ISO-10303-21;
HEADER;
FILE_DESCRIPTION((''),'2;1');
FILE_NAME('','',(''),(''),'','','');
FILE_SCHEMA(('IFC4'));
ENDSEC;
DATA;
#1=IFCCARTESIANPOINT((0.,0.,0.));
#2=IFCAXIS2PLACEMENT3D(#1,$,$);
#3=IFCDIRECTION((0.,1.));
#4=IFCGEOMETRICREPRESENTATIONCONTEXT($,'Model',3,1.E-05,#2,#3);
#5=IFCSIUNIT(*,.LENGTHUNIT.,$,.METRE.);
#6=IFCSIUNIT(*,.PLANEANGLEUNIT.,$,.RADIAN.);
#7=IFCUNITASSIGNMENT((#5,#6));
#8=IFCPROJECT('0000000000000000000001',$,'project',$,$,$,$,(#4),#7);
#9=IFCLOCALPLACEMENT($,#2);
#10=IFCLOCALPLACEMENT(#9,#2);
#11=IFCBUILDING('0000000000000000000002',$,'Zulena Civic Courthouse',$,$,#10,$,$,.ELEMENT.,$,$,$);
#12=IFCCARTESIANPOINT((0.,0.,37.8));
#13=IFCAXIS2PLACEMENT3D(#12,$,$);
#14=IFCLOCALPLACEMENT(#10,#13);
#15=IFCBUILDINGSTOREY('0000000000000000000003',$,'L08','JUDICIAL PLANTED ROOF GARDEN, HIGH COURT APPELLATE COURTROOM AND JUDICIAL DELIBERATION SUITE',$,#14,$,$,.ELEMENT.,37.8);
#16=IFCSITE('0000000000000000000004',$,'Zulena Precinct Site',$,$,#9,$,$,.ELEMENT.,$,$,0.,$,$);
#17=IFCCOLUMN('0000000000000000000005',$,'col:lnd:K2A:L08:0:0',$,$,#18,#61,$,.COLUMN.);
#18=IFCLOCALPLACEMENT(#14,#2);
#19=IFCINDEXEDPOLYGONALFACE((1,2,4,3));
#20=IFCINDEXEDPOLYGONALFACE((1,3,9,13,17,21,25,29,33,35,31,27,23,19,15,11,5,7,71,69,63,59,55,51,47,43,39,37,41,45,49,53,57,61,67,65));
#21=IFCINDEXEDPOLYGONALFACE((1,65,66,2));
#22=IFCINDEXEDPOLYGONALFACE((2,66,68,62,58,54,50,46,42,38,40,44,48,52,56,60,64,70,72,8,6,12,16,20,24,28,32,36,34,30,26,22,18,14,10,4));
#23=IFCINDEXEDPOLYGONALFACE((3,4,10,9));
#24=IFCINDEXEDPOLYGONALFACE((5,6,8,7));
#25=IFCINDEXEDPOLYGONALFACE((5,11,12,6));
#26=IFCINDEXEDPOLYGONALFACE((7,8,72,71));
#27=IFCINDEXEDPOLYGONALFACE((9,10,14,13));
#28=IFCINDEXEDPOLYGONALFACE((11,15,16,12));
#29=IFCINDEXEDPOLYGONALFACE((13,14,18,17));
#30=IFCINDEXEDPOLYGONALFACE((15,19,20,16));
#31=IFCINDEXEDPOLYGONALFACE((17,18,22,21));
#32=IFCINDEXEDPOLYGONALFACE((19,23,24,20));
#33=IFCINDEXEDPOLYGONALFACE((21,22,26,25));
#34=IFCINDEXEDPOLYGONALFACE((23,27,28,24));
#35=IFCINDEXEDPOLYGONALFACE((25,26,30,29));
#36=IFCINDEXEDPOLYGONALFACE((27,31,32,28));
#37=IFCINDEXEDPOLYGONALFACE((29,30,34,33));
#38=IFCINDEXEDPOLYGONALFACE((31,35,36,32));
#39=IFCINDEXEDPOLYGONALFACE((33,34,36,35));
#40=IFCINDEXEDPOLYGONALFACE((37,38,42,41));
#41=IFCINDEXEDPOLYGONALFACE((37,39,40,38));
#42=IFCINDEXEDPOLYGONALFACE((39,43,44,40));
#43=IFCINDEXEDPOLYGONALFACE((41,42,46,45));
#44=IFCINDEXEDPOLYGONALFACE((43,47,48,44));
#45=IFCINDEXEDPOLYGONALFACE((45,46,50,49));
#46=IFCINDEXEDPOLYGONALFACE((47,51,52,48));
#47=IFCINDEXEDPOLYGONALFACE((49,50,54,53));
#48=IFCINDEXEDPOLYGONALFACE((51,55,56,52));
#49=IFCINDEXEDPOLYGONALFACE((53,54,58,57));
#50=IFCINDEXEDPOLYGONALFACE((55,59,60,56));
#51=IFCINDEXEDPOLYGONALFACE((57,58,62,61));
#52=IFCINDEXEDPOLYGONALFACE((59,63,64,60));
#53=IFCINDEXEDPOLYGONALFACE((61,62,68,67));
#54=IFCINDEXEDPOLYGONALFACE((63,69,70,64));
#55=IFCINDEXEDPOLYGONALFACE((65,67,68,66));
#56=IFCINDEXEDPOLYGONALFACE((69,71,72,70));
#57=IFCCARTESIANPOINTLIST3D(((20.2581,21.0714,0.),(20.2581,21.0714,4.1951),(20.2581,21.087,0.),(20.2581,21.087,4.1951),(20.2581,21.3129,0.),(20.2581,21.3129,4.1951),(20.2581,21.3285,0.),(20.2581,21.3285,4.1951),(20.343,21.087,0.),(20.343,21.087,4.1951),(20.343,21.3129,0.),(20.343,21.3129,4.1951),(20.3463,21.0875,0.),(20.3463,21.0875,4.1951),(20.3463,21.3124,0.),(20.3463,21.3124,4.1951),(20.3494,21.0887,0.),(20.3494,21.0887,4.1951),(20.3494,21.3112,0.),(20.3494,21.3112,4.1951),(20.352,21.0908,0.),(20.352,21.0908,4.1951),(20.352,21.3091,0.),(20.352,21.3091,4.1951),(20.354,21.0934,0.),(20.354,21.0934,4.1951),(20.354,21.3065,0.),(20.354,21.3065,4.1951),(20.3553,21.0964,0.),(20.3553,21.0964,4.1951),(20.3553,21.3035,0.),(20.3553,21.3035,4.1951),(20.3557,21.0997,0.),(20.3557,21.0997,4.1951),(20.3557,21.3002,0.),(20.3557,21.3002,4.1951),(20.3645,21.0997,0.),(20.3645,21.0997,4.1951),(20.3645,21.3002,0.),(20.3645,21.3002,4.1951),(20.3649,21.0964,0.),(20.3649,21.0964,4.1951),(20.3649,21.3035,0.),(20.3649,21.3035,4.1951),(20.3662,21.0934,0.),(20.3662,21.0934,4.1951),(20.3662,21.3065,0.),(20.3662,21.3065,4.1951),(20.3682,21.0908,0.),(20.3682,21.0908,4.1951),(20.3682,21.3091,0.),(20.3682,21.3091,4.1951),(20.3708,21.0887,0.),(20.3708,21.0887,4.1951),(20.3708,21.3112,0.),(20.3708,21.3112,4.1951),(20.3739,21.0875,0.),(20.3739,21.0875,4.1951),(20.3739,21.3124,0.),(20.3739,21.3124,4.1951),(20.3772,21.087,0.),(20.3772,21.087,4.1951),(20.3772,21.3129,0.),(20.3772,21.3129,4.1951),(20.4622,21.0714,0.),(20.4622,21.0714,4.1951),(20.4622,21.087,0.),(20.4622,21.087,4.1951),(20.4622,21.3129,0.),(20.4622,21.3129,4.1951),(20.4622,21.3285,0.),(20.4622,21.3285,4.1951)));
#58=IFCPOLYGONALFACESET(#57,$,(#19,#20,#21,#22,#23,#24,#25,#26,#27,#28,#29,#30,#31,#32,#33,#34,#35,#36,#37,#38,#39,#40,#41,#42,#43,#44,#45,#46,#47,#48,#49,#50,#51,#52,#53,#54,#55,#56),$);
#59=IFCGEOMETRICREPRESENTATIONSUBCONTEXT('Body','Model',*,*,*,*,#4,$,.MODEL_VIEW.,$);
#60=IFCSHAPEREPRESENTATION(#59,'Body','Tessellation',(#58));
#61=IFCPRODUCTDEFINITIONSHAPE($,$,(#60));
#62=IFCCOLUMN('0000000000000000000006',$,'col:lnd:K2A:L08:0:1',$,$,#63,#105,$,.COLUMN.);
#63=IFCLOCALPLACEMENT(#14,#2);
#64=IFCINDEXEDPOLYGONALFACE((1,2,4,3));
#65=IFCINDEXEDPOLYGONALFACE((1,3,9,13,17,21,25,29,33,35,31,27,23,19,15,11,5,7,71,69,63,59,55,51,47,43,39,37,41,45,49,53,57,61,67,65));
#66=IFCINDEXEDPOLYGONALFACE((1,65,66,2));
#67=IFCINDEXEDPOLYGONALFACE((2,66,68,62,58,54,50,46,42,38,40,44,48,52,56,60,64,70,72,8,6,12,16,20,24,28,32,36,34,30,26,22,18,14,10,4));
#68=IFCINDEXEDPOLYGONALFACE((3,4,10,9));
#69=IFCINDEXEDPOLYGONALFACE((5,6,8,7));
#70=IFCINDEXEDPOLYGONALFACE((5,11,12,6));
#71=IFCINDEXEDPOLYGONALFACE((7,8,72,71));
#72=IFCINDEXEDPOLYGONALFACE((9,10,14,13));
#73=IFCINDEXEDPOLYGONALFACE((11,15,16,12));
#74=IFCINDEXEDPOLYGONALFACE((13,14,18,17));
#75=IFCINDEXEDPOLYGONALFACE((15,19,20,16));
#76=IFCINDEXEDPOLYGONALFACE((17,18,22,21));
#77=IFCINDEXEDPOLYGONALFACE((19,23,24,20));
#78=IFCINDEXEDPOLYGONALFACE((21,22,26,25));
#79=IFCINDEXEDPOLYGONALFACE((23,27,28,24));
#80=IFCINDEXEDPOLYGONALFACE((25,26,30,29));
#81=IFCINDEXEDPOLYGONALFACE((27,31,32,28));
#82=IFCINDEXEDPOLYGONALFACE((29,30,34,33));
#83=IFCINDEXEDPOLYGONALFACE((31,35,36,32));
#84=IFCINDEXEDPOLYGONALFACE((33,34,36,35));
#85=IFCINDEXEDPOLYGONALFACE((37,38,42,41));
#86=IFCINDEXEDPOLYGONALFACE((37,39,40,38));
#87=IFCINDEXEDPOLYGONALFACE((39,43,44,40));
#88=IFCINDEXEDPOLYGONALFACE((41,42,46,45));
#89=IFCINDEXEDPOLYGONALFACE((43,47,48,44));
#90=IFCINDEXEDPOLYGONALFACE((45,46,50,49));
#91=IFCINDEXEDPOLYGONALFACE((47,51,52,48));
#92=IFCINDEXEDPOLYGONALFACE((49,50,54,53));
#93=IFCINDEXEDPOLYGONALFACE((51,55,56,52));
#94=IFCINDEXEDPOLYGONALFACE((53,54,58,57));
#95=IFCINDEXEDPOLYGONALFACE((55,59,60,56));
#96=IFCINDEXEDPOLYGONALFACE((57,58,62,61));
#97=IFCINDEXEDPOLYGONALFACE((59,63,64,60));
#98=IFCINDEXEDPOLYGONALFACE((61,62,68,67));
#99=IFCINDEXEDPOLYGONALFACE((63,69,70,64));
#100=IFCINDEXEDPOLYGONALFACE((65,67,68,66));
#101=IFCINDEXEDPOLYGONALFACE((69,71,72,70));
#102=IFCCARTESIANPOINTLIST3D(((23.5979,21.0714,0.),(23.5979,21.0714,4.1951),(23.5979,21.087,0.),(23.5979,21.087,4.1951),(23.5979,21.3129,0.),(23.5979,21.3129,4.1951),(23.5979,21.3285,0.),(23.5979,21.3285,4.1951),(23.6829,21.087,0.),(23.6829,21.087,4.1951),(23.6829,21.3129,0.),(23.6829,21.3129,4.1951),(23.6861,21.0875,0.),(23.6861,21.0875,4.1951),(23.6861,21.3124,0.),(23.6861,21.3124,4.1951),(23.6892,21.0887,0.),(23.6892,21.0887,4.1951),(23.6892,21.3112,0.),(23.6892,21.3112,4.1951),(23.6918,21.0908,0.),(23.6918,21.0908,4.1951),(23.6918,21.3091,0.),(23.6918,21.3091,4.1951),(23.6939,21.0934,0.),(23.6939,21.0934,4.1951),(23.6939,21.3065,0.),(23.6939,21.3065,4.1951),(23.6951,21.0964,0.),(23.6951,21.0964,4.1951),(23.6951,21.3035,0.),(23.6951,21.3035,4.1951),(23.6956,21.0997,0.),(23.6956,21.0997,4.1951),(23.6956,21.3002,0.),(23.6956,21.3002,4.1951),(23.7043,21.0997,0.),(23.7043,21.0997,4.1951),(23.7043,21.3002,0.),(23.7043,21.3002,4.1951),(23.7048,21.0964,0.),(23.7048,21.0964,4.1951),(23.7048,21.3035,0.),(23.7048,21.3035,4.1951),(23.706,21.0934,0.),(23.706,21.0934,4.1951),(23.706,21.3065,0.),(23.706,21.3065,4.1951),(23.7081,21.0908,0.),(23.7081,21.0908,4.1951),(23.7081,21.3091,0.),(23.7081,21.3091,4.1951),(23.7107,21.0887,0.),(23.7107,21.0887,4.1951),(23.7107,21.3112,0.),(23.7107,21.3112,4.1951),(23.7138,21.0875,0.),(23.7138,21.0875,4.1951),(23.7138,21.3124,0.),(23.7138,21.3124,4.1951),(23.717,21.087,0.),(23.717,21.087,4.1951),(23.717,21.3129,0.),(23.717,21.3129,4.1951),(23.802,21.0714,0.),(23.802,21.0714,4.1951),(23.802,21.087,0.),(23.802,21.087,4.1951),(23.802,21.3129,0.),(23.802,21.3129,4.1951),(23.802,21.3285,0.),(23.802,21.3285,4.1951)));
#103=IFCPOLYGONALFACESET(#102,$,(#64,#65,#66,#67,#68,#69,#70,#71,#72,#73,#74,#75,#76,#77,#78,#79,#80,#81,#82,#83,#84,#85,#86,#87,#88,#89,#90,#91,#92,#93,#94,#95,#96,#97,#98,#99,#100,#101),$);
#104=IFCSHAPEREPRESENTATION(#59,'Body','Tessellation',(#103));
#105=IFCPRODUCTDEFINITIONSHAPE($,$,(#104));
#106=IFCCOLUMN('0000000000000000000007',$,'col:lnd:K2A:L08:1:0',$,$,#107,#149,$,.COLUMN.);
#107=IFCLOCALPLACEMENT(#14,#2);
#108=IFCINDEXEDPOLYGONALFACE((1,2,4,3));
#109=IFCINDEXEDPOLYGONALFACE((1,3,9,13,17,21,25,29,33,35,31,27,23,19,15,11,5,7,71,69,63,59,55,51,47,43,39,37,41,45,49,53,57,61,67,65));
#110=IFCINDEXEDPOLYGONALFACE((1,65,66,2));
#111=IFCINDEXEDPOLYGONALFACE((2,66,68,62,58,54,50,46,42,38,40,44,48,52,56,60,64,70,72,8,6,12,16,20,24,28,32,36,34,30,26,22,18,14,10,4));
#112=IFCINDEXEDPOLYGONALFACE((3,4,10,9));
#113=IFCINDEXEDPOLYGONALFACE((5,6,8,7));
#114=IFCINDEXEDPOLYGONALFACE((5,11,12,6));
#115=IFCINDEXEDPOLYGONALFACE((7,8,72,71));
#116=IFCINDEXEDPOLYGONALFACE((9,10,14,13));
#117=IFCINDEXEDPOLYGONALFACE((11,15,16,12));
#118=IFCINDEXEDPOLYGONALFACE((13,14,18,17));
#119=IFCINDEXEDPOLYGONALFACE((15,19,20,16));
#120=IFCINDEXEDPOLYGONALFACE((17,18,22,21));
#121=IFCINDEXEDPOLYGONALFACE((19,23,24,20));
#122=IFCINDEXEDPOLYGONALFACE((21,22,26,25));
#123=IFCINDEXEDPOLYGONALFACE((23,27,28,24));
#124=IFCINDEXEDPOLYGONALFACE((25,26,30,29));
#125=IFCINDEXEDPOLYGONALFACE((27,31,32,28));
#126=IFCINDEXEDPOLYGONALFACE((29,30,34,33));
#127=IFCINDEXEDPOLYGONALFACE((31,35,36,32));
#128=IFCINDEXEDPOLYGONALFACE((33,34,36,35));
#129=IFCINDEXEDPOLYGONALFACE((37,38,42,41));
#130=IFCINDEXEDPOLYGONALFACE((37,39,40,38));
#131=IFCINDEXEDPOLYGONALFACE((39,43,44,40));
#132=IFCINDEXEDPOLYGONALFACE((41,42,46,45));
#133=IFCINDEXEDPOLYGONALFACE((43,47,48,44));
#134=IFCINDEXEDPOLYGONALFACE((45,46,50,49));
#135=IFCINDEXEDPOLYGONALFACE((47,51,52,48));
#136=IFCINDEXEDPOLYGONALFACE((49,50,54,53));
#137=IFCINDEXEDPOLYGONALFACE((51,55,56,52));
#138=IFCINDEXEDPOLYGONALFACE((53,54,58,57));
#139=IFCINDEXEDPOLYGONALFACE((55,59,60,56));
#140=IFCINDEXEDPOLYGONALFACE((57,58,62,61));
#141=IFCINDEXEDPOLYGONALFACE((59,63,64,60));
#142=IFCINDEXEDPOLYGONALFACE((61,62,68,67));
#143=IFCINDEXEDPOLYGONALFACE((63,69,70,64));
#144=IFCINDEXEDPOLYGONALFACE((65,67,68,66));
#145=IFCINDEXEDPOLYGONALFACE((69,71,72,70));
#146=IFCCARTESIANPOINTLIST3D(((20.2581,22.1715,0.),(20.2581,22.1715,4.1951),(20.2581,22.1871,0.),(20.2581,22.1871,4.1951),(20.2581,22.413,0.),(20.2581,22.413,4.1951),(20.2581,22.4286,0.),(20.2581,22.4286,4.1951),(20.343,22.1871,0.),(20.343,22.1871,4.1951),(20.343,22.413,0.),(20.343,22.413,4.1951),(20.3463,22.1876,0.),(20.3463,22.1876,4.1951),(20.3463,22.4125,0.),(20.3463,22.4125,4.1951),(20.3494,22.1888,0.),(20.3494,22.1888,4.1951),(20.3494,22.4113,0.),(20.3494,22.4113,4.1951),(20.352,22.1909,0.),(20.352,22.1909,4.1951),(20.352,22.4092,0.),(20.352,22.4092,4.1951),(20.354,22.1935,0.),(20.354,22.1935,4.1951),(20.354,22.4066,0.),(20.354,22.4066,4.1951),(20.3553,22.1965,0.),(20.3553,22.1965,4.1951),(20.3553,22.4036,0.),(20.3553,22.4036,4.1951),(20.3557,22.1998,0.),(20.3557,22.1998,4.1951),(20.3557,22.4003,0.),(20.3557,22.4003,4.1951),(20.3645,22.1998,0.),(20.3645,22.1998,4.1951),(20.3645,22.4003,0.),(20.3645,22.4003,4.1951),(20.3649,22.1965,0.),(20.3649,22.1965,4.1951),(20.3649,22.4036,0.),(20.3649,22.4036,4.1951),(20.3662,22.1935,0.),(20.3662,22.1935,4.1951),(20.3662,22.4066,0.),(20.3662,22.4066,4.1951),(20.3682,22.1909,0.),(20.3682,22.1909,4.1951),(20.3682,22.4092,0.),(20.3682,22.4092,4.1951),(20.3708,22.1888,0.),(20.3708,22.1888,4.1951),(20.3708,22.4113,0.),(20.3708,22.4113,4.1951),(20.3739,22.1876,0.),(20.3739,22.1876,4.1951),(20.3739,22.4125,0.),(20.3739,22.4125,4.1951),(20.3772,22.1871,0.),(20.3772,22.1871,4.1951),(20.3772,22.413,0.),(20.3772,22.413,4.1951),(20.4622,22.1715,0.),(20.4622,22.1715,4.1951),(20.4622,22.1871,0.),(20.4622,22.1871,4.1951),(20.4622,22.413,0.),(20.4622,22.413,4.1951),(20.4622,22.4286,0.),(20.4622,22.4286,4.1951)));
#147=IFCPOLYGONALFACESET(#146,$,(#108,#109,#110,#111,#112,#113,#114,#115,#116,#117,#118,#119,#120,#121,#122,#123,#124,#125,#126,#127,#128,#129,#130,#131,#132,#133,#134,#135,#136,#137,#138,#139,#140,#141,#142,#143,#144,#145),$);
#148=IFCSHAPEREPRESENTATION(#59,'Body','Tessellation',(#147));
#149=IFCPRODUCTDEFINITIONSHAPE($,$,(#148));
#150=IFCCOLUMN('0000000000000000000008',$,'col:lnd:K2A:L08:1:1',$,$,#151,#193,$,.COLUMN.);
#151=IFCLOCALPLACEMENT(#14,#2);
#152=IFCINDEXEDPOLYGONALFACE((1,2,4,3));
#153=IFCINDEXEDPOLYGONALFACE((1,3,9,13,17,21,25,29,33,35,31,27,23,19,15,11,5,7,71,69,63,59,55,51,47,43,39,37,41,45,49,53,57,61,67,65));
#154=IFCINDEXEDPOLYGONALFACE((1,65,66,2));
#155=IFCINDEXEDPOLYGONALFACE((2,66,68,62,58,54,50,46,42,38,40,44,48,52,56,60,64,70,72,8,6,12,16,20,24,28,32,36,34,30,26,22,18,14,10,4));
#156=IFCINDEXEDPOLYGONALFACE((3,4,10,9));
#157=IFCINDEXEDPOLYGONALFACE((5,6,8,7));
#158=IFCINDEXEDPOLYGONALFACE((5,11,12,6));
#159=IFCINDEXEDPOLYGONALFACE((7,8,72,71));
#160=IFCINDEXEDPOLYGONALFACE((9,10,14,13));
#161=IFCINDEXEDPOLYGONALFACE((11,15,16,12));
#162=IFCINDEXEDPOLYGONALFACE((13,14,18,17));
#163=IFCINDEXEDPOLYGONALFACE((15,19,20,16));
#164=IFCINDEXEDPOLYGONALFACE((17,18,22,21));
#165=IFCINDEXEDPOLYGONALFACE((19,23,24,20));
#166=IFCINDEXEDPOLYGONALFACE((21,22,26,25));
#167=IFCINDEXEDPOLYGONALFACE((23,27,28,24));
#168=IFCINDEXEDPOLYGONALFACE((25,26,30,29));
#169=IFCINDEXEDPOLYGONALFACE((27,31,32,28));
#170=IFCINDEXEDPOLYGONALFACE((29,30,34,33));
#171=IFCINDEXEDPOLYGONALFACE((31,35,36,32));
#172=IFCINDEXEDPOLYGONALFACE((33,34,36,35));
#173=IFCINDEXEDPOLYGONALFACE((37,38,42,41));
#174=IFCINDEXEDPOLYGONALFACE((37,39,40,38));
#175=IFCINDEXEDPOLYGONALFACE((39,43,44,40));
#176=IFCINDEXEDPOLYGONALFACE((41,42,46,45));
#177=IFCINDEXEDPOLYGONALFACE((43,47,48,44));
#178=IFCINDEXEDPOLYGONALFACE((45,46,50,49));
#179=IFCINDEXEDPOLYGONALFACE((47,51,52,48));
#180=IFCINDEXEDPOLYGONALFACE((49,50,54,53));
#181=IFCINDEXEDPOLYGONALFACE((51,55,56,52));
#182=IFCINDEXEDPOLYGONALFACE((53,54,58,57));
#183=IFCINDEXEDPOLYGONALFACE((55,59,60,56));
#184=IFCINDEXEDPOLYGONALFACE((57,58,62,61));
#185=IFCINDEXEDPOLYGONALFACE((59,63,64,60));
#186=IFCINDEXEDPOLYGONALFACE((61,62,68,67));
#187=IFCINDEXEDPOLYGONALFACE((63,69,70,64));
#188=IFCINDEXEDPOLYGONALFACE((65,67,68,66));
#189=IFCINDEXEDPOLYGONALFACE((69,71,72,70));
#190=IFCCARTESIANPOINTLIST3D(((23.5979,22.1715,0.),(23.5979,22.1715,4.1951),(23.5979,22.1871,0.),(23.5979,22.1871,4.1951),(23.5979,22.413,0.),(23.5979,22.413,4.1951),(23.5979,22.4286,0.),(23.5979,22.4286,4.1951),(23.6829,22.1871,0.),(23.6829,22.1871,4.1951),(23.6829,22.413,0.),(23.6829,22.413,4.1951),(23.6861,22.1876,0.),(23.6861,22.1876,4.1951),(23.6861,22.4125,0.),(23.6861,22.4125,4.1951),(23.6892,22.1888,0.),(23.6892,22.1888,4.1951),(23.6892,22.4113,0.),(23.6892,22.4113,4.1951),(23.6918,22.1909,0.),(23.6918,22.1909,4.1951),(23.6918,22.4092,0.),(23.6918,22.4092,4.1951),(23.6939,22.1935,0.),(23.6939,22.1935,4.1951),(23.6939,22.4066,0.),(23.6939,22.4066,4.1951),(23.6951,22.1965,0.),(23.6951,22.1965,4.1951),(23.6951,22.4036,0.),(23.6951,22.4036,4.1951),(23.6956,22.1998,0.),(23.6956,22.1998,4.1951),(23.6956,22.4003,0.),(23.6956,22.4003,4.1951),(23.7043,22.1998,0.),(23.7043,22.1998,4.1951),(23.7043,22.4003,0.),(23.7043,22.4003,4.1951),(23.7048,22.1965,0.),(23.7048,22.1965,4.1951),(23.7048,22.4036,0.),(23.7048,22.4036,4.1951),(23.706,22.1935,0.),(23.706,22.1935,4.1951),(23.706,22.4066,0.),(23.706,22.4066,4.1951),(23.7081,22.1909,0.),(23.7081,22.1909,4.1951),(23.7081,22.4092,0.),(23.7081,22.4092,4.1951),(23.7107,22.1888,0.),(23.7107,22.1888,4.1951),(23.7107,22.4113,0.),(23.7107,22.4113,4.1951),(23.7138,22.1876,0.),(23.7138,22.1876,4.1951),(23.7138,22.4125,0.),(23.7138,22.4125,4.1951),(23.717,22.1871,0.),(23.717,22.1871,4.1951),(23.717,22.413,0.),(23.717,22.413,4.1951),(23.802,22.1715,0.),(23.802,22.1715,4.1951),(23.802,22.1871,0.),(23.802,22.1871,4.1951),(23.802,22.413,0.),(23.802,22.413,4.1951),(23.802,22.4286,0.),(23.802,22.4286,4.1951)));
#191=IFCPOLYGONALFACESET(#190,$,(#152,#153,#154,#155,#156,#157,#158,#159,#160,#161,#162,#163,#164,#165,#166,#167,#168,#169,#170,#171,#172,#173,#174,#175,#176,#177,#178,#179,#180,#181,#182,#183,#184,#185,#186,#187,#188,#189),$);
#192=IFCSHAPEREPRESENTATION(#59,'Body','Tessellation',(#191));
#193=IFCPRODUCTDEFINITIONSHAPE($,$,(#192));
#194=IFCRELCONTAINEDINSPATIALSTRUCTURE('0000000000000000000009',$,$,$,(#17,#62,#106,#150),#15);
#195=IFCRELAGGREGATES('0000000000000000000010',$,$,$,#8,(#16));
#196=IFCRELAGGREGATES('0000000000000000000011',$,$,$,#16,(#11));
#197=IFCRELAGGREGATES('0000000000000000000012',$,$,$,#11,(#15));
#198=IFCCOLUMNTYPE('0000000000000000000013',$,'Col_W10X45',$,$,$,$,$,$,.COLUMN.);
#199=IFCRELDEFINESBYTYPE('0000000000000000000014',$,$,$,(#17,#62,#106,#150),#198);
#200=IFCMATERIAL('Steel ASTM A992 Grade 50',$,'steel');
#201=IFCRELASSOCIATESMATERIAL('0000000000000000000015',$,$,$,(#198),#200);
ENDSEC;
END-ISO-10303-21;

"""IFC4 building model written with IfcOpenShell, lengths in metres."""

from ifc_helpers import new_model, si_unit, direction, frame, origin, origin_2d, place, context, subcontext, project, spatial, i_section, extrude, material, material_profile, profile_set, type_object, element, save


model = new_model("IFC4")

# Units and contexts
model_context = context("Model", 3, precision=1e-05, world=origin(), true_north=direction((0.0, 1.0)))
body_context = subcontext(model_context, "Body", "Model", "MODEL_VIEW")
ifc_project = project(units=[si_unit("LENGTHUNIT", "METRE"), si_unit("PLANEANGLEUNIT", "RADIAN")], contexts=[model_context])

# Site, building, storey
site_placement = place(None, origin())
site = spatial("IfcSite", under=ifc_project, at=site_placement, Name="Zulena Precinct Site", CompositionType="ELEMENT", RefElevation=0.0)
building_placement = place(site_placement, origin())
building = spatial("IfcBuilding", under=site, at=building_placement, Name="Zulena Civic Courthouse", CompositionType="ELEMENT")
storey_placement = place(building_placement, frame((0.0, 0.0, 37.8)))
storey = spatial("IfcBuildingStorey", under=building, at=storey_placement, Name="L08", Description="JUDICIAL PLANTED ROOF GARDEN, HIGH COURT APPELLATE COURTROOM AND JUDICIAL DELIBERATION SUITE", CompositionType="ELEMENT", Elevation=37.8)

# Columns
ifc_material_1 = material(Name="Steel ASTM A992 Grade 50", Category="steel")
ifc_material_profile_1 = material_profile(ifc_material_1, i_section(OverallWidth=0.2041, OverallDepth=0.2571, WebThickness=0.0088, FlangeThickness=0.0156, FilletRadius=0.0127, at=origin_2d()), Name="W10X45")
ifc_profile_set_1 = profile_set([ifc_material_profile_1], Name="Steel ASTM A992 Grade 50")
column_type_1 = type_object("IfcColumnType", Name="Col_W10X45", PredefinedType="COLUMN", material=ifc_profile_set_1)
for number, where, z_axis, x_axis, name in (
    (1, (20.3601, 21.2, 0.0), (0.0, 0.0, 1.0), (1.0, 0.0, 0.0), "col:lnd:K2A:L08:0:0"),
    (2, (23.7, 21.2, 0.0), (0.0, 0.0, 1.0), (1.0, 0.0, 0.0), "col:lnd:K2A:L08:0:1"),
    (3, (20.3601, 22.3, 0.0), (0.0, 0.0, 1.0), (1.0, 0.0, 0.0), "col:lnd:K2A:L08:1:0"),
    (4, (23.7, 22.3, 0.0), (0.0, 0.0, 1.0), (1.0, 0.0, 0.0), "col:lnd:K2A:L08:1:1"),
):
    element("IfcColumn", number, at=place(storey_placement, frame(where, z_axis=z_axis, x_axis=x_axis)), inside=storey, type_object=column_type_1, Name=name, PredefinedType="COLUMN", context=body_context, shape_type="SweptSolid", body=[
        extrude(i_section(OverallWidth=0.2041, OverallDepth=0.2571, WebThickness=0.0088, FlangeThickness=0.0156, FilletRadius=0.0127, at=origin_2d()), origin(), (0.0, 0.0, 1.0), 4.1951),
    ])

save(model, "model.ifc")
